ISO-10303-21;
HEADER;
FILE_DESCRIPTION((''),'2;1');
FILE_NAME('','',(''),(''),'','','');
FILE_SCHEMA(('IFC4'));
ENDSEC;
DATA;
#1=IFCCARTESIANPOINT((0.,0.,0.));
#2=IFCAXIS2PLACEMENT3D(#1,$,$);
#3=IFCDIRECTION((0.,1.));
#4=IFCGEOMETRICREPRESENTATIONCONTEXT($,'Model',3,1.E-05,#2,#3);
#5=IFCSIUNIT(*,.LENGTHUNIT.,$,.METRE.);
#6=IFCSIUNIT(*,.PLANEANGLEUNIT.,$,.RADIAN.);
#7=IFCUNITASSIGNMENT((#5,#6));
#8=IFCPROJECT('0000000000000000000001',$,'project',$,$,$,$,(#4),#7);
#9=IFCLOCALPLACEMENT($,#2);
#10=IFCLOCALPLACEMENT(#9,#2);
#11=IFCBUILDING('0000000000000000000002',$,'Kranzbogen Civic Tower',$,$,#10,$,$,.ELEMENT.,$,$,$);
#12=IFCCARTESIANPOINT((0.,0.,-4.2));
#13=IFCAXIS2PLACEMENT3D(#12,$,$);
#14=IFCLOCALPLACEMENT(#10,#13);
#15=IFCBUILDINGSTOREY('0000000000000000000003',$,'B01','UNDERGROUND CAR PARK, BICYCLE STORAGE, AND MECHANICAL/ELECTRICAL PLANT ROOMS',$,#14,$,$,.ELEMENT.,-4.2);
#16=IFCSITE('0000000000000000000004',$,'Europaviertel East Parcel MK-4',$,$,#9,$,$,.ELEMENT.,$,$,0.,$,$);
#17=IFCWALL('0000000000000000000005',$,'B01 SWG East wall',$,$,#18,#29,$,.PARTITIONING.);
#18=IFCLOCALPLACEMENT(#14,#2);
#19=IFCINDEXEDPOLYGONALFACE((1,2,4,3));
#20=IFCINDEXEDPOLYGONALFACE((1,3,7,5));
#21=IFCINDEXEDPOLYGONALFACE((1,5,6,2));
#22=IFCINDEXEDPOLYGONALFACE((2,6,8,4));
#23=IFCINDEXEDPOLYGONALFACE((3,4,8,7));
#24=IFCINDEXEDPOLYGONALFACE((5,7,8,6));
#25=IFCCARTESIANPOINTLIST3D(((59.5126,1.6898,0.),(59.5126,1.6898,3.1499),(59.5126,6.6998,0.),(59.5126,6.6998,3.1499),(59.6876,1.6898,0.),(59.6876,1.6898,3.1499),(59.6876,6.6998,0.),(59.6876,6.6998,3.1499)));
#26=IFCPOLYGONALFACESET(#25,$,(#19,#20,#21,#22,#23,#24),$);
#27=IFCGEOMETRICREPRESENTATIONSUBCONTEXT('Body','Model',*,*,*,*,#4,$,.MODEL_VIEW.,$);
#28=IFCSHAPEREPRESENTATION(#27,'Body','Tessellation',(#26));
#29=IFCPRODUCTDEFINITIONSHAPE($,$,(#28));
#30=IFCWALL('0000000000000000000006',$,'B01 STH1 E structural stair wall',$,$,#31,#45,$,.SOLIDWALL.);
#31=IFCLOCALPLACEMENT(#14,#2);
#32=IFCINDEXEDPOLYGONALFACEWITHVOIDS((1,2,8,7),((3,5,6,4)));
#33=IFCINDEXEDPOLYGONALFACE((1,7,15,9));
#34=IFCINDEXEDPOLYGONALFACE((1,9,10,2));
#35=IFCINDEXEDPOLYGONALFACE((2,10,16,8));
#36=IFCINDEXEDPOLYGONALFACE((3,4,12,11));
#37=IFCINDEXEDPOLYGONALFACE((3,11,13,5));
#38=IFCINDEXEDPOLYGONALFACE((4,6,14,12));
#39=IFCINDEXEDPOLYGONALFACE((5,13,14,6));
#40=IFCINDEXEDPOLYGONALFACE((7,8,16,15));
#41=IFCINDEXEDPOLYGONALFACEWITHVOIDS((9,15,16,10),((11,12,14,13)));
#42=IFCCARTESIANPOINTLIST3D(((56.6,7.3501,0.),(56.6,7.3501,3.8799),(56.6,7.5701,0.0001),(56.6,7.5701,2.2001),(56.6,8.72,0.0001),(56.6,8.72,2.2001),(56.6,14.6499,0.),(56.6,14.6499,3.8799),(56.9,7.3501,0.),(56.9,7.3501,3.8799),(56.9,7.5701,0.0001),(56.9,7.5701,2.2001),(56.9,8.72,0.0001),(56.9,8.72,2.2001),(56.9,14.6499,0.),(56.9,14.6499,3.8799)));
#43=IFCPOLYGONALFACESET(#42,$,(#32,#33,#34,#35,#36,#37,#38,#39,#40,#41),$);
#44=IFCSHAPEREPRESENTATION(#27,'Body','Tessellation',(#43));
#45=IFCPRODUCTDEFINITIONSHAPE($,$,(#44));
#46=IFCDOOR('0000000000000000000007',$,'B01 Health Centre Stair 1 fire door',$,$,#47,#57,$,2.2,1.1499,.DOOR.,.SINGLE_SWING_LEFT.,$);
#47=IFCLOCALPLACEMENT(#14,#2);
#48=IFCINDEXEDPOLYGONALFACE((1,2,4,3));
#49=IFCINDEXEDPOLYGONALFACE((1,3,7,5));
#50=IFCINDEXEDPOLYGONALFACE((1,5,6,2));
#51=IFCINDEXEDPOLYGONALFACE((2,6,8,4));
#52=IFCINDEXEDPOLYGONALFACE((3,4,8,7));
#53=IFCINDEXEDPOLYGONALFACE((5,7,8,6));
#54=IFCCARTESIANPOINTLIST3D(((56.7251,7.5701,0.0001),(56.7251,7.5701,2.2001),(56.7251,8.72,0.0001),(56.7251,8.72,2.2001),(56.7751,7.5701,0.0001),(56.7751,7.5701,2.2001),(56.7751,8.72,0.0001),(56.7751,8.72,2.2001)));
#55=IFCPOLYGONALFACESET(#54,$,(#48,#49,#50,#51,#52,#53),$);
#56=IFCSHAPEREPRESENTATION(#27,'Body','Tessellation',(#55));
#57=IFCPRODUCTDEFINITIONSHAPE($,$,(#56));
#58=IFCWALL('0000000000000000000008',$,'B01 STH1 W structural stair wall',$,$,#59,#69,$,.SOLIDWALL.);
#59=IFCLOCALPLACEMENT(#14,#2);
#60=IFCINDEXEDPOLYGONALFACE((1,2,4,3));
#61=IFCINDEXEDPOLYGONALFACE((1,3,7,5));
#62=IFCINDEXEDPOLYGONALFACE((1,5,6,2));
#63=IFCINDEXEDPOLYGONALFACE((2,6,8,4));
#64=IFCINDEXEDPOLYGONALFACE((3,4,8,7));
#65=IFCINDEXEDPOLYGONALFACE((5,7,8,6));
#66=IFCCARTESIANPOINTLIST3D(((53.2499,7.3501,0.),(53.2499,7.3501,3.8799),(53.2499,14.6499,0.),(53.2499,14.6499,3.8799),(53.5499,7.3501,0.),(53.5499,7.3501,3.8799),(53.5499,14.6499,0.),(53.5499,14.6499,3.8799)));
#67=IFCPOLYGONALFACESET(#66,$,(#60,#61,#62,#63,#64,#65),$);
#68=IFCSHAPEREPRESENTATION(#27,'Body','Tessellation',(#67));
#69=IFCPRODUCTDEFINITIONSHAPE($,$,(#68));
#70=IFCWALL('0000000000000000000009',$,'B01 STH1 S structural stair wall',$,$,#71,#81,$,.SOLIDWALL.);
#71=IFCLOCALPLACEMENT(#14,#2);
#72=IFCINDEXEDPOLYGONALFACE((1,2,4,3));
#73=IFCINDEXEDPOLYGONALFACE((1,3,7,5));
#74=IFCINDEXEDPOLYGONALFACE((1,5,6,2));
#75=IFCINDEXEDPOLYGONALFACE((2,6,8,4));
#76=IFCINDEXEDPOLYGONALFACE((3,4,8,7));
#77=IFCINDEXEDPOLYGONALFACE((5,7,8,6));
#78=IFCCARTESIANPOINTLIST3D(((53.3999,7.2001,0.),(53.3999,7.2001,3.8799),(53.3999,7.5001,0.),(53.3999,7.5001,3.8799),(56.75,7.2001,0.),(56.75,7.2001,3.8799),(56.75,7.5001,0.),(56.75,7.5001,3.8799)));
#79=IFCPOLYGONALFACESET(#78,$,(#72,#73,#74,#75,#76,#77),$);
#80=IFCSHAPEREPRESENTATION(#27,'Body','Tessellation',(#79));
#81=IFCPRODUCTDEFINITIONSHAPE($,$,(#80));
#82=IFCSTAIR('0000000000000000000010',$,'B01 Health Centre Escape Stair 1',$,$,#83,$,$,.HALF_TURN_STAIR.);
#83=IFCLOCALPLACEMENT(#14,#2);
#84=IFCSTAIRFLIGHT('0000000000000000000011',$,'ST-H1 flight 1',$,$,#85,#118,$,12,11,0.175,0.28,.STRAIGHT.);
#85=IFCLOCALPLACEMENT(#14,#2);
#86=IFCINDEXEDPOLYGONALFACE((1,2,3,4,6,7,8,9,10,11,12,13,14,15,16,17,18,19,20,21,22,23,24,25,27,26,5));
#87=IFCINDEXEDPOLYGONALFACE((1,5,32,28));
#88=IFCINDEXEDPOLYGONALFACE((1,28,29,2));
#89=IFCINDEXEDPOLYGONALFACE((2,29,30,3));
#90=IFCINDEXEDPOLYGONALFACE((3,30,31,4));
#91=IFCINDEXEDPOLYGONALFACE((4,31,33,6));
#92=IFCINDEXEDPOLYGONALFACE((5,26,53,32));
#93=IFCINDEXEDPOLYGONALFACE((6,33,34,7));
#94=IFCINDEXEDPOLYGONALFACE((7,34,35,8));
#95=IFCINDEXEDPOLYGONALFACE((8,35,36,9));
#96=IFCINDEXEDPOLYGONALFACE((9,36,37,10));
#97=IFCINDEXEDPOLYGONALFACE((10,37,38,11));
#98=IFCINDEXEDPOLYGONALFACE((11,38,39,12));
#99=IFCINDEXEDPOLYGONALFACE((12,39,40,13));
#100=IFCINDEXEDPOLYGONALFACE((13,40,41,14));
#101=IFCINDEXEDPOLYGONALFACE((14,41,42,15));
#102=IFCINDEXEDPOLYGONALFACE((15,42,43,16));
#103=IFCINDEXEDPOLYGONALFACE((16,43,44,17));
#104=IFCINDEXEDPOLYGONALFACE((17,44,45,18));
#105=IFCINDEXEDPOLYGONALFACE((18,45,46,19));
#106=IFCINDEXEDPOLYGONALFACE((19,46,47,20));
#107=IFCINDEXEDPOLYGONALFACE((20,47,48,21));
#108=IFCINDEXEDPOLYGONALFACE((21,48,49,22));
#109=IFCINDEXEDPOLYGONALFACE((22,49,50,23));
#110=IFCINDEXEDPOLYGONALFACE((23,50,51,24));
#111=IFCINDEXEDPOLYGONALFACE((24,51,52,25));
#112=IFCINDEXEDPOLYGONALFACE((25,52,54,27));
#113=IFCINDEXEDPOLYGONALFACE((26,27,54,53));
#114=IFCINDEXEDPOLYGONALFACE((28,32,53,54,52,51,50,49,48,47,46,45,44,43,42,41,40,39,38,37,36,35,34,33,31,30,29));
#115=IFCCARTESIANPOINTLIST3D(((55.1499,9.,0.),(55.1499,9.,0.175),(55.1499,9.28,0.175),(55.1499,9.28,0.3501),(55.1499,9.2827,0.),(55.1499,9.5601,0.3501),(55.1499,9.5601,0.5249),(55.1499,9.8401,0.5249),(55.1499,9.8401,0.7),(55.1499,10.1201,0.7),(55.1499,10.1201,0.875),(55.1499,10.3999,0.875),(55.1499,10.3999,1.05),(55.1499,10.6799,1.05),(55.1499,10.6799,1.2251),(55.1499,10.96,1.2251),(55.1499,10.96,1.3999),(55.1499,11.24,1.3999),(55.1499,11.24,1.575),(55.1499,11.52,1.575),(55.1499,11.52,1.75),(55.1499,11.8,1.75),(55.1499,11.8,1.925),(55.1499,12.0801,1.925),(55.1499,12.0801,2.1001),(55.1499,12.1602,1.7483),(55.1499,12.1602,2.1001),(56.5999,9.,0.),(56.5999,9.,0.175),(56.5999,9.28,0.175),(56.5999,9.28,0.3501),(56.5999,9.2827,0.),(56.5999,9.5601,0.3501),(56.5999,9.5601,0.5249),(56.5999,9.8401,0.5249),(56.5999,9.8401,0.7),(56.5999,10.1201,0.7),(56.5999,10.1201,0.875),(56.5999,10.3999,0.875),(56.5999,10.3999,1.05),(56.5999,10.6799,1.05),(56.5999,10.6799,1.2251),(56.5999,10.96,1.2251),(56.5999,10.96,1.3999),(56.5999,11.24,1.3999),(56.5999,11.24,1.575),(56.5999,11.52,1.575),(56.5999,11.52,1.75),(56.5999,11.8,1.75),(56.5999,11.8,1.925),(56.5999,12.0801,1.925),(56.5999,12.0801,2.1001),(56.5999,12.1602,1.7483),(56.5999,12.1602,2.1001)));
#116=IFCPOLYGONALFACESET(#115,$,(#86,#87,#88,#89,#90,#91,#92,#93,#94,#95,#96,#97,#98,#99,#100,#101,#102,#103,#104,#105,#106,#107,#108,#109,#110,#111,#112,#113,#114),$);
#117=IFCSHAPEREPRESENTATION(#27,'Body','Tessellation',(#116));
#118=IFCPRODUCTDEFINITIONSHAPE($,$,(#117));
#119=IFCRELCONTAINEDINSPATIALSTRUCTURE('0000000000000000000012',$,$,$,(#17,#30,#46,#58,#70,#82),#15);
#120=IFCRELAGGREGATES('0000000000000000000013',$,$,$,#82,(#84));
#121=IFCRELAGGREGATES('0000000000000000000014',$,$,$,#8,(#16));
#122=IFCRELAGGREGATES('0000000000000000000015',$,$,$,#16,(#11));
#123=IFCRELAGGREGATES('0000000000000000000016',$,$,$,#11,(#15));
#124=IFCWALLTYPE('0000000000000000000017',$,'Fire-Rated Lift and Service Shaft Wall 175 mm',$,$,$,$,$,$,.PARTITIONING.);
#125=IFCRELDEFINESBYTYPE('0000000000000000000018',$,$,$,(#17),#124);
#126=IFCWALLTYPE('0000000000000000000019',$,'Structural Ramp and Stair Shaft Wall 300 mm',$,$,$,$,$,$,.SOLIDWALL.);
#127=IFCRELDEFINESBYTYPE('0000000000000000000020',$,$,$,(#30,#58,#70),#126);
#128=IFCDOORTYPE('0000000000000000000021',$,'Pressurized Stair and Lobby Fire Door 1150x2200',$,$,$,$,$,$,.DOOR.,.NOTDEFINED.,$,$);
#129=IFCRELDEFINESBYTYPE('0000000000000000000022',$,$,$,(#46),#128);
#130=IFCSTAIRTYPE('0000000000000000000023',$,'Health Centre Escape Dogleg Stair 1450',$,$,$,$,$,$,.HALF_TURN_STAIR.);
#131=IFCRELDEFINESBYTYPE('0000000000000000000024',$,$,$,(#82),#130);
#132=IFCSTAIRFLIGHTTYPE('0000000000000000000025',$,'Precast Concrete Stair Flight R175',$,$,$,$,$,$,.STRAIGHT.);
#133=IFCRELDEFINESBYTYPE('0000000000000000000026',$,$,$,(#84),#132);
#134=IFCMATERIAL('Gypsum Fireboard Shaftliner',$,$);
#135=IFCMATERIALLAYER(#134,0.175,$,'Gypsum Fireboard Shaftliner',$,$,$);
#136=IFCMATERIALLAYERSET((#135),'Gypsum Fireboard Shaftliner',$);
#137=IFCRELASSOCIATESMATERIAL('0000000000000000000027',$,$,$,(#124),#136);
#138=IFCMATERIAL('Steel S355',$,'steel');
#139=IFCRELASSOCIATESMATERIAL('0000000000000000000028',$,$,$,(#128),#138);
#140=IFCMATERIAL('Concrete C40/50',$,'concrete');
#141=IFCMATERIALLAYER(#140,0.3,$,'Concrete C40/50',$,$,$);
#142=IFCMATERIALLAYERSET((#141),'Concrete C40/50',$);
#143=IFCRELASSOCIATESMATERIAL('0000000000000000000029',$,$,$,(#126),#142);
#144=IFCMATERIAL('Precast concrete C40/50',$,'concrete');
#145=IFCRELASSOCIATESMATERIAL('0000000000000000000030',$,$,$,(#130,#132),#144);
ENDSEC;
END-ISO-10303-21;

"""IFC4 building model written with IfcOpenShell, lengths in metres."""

from ifc_helpers import new_model, si_unit, direction, frame, frame_2d, origin, place, context, subcontext, project, spatial, polyline, rectangle, outline, extrude, material, layer, layer_set, type_object, element, fill, aggregate, save


model = new_model("IFC4")

# Units and contexts
model_context = context("Model", 3, precision=1e-05, world=origin(), true_north=direction((0.0, 1.0)))
body_context = subcontext(model_context, "Body", "Model", "MODEL_VIEW")
ifc_project = project(units=[si_unit("LENGTHUNIT", "METRE"), si_unit("PLANEANGLEUNIT", "RADIAN")], contexts=[model_context])

# Site, building, storey
site_placement = place(None, origin())
site = spatial("IfcSite", under=ifc_project, at=site_placement, Name="Europaviertel East Parcel MK-4", CompositionType="ELEMENT", RefElevation=0.0)
building_placement = place(site_placement, origin())
building = spatial("IfcBuilding", under=site, at=building_placement, Name="Kranzbogen Civic Tower", CompositionType="ELEMENT")
storey_placement = place(building_placement, frame((0.0, 0.0, -4.2)))
storey = spatial("IfcBuildingStorey", under=building, at=storey_placement, Name="B01", Description="UNDERGROUND CAR PARK, BICYCLE STORAGE, AND MECHANICAL/ELECTRICAL PLANT ROOMS", CompositionType="ELEMENT", Elevation=-4.2)

# Shared definitions
ifc_material_1 = material(Name="Concrete C40/50", Category="concrete")

# Shared definitions
ifc_material_2 = material(Name="Steel S355", Category="steel")

# Shared definitions
ifc_material_3 = material(Name="Gypsum Fireboard Shaftliner")
ifc_layer_1 = layer(ifc_material_3, 0.175, Name="Gypsum Fireboard Shaftliner")
ifc_layer_set_1 = layer_set([ifc_layer_1], Name="Gypsum Fireboard Shaftliner")
wall_type_1 = type_object("IfcWallType", Name="Fire-Rated Lift and Service Shaft Wall 175 mm", PredefinedType="PARTITIONING", material=ifc_layer_set_1)
door_type = type_object("IfcDoorType", Name="Pressurized Stair and Lobby Fire Door 1150x2200", OperationType="NOTDEFINED", PredefinedType="DOOR", material=ifc_material_2)

# Wall
for number, where, z_axis, x_axis, name in (
    (1, (59.6001, 1.6899, 0.0), (0.0, 0.0, 1.0), (0.0, 1.0, 0.0), "B01 SWG East wall"),
):
    element("IfcWall", number, at=place(storey_placement, frame(where, z_axis=z_axis, x_axis=x_axis)), inside=storey, type_object=wall_type_1, Name=name, PredefinedType="PARTITIONING", context=body_context, shape_type="SweptSolid", body=[
        extrude(rectangle(XDim=5.01, YDim=0.175, at=frame_2d((2.5049, 0.0))), origin(), (0.0, 0.0, 1.0), 3.1499),
    ])

# Wall, opening, door
ifc_layer_2 = layer(ifc_material_1, 0.3, Name="Concrete C40/50")
ifc_layer_set_2 = layer_set([ifc_layer_2], Name="Concrete C40/50")
wall_type_2 = type_object("IfcWallType", Name="Structural Ramp and Stair Shaft Wall 300 mm", PredefinedType="SOLIDWALL", material=ifc_layer_set_2)
wall_1_placement = place(storey_placement, frame((56.75, 7.3501, 0.0), z_axis=(0.0, 0.0, 1.0), x_axis=(0.0, 1.0, 0.0)))
wall_1 = element("IfcWall", 2, at=wall_1_placement, inside=storey, type_object=wall_type_2, Name="B01 STH1 E structural stair wall", PredefinedType="SOLIDWALL", context=body_context, shape_type="SweptSolid", body=[
    extrude(rectangle(XDim=7.2998, YDim=0.3, at=frame_2d((3.6499, 0.0))), origin(), (0.0, 0.0, 1.0), 3.8799),
])
opening_1_placement = place(wall_1_placement, frame((0.22, 0.0, 0.0)))
opening_1 = element("IfcOpeningElement", 3, at=opening_1_placement, cuts=wall_1, PredefinedType="OPENING", context=body_context, shape_type="SweptSolid", body=[
    extrude(rectangle(XDim=1.1499, YDim=2.2, at=frame_2d((0.575, 1.1001))), frame((0.0, 0.1602, 0.0), z_axis=(0.0, -1.0, 0.0), x_axis=(1.0, 0.0, 0.0)), (0.0, 0.0, 1.0), 0.3201),
])
door_1_placement = place(opening_1_placement, origin())
door_1 = element("IfcDoor", 4, at=door_1_placement, inside=storey, type_object=door_type, Name="B01 Health Centre Stair 1 fire door", OperationType="SINGLE_SWING_LEFT", OverallHeight=2.2, OverallWidth=1.1499, PredefinedType="DOOR", context=body_context, shape_type="SweptSolid", body=[
    extrude(rectangle(XDim=1.1499, YDim=2.2, at=frame_2d((0.575, 1.1001))), frame((0.0, 0.0249, 0.0), z_axis=(0.0, -1.0, 0.0), x_axis=(1.0, 0.0, 0.0)), (0.0, 0.0, 1.0), 0.05),
])
fill(opening_1, door_1)

# Walls
wall_2_placement = place(storey_placement, frame((53.3999, 7.3501, 0.0), z_axis=(0.0, 0.0, 1.0), x_axis=(0.0, 1.0, 0.0)))
element("IfcWall", 5, at=wall_2_placement, inside=storey, type_object=wall_type_2, Name="B01 STH1 W structural stair wall", PredefinedType="SOLIDWALL", context=body_context, shape_type="SweptSolid", body=[
    extrude(rectangle(XDim=7.2998, YDim=0.3, at=frame_2d((3.6499, 0.0))), origin(), (0.0, 0.0, 1.0), 3.8799),
])
wall_3_placement = place(storey_placement, frame((53.3999, 7.3501, 0.0), z_axis=(0.0, 0.0, 1.0), x_axis=(1.0, 0.0, 0.0)))
element("IfcWall", 6, at=wall_3_placement, inside=storey, type_object=wall_type_2, Name="B01 STH1 S structural stair wall", PredefinedType="SOLIDWALL", context=body_context, shape_type="SweptSolid", body=[
    extrude(rectangle(XDim=3.3501, YDim=0.3, at=frame_2d((1.675, 0.0))), origin(), (0.0, 0.0, 1.0), 3.8799),
])

# Stair, stair flight
ifc_material_4 = material(Name="Precast concrete C40/50", Category="concrete")
stair_type = type_object("IfcStairType", Name="Health Centre Escape Dogleg Stair 1450", PredefinedType="HALF_TURN_STAIR", material=ifc_material_4)
stair_placement = place(storey_placement, origin())
stair = element("IfcStair", 7, at=stair_placement, inside=storey, type_object=stair_type, Name="B01 Health Centre Escape Stair 1", PredefinedType="HALF_TURN_STAIR")
stair_flight_type = type_object("IfcStairFlightType", Name="Precast Concrete Stair Flight R175", PredefinedType="STRAIGHT", material=ifc_material_4)
stair_flight_placement = place(storey_placement, frame((55.875, 9.0, 0.0), z_axis=(0.0, 0.0, 1.0), x_axis=(0.0, 1.0, 0.0)))
stair_flight = element("IfcStairFlight", 8, at=stair_flight_placement, type_object=stair_flight_type, Name="ST-H1 flight 1", NumberOfRisers=12, NumberOfTreads=11, PredefinedType="STRAIGHT", RiserHeight=0.175, TreadLength=0.28, context=body_context, shape_type="SweptSolid", body=[
    extrude(outline(polyline([(0.0, 0.0), (0.0, 0.175), (0.28, 0.175), (0.28, 0.3501), (0.5601, 0.3501), (0.5601, 0.5249), (0.8401, 0.5249), (0.8401, 0.7), (1.1201, 0.7), (1.1201, 0.875), (1.3999, 0.875), (1.3999, 1.05), (1.6799, 1.05), (1.6799, 1.2251), (1.96, 1.2251), (1.96, 1.3999), (2.24, 1.3999), (2.24, 1.575), (2.52, 1.575), (2.52, 1.75), (2.8, 1.75), (2.8, 1.925), (3.0801, 1.925), (3.0801, 2.1001), (3.1602, 2.1001), (3.1602, 1.7483), (0.2827, 0.0), (0.0, 0.0)])), frame((0.0, 0.7251, 0.0), z_axis=(0.0, -1.0, 0.0), x_axis=(1.0, 0.0, 0.0)), (0.0, 0.0, 1.0), 1.45),
])
aggregate(stair, [stair_flight])

save(model, "model.ifc")
